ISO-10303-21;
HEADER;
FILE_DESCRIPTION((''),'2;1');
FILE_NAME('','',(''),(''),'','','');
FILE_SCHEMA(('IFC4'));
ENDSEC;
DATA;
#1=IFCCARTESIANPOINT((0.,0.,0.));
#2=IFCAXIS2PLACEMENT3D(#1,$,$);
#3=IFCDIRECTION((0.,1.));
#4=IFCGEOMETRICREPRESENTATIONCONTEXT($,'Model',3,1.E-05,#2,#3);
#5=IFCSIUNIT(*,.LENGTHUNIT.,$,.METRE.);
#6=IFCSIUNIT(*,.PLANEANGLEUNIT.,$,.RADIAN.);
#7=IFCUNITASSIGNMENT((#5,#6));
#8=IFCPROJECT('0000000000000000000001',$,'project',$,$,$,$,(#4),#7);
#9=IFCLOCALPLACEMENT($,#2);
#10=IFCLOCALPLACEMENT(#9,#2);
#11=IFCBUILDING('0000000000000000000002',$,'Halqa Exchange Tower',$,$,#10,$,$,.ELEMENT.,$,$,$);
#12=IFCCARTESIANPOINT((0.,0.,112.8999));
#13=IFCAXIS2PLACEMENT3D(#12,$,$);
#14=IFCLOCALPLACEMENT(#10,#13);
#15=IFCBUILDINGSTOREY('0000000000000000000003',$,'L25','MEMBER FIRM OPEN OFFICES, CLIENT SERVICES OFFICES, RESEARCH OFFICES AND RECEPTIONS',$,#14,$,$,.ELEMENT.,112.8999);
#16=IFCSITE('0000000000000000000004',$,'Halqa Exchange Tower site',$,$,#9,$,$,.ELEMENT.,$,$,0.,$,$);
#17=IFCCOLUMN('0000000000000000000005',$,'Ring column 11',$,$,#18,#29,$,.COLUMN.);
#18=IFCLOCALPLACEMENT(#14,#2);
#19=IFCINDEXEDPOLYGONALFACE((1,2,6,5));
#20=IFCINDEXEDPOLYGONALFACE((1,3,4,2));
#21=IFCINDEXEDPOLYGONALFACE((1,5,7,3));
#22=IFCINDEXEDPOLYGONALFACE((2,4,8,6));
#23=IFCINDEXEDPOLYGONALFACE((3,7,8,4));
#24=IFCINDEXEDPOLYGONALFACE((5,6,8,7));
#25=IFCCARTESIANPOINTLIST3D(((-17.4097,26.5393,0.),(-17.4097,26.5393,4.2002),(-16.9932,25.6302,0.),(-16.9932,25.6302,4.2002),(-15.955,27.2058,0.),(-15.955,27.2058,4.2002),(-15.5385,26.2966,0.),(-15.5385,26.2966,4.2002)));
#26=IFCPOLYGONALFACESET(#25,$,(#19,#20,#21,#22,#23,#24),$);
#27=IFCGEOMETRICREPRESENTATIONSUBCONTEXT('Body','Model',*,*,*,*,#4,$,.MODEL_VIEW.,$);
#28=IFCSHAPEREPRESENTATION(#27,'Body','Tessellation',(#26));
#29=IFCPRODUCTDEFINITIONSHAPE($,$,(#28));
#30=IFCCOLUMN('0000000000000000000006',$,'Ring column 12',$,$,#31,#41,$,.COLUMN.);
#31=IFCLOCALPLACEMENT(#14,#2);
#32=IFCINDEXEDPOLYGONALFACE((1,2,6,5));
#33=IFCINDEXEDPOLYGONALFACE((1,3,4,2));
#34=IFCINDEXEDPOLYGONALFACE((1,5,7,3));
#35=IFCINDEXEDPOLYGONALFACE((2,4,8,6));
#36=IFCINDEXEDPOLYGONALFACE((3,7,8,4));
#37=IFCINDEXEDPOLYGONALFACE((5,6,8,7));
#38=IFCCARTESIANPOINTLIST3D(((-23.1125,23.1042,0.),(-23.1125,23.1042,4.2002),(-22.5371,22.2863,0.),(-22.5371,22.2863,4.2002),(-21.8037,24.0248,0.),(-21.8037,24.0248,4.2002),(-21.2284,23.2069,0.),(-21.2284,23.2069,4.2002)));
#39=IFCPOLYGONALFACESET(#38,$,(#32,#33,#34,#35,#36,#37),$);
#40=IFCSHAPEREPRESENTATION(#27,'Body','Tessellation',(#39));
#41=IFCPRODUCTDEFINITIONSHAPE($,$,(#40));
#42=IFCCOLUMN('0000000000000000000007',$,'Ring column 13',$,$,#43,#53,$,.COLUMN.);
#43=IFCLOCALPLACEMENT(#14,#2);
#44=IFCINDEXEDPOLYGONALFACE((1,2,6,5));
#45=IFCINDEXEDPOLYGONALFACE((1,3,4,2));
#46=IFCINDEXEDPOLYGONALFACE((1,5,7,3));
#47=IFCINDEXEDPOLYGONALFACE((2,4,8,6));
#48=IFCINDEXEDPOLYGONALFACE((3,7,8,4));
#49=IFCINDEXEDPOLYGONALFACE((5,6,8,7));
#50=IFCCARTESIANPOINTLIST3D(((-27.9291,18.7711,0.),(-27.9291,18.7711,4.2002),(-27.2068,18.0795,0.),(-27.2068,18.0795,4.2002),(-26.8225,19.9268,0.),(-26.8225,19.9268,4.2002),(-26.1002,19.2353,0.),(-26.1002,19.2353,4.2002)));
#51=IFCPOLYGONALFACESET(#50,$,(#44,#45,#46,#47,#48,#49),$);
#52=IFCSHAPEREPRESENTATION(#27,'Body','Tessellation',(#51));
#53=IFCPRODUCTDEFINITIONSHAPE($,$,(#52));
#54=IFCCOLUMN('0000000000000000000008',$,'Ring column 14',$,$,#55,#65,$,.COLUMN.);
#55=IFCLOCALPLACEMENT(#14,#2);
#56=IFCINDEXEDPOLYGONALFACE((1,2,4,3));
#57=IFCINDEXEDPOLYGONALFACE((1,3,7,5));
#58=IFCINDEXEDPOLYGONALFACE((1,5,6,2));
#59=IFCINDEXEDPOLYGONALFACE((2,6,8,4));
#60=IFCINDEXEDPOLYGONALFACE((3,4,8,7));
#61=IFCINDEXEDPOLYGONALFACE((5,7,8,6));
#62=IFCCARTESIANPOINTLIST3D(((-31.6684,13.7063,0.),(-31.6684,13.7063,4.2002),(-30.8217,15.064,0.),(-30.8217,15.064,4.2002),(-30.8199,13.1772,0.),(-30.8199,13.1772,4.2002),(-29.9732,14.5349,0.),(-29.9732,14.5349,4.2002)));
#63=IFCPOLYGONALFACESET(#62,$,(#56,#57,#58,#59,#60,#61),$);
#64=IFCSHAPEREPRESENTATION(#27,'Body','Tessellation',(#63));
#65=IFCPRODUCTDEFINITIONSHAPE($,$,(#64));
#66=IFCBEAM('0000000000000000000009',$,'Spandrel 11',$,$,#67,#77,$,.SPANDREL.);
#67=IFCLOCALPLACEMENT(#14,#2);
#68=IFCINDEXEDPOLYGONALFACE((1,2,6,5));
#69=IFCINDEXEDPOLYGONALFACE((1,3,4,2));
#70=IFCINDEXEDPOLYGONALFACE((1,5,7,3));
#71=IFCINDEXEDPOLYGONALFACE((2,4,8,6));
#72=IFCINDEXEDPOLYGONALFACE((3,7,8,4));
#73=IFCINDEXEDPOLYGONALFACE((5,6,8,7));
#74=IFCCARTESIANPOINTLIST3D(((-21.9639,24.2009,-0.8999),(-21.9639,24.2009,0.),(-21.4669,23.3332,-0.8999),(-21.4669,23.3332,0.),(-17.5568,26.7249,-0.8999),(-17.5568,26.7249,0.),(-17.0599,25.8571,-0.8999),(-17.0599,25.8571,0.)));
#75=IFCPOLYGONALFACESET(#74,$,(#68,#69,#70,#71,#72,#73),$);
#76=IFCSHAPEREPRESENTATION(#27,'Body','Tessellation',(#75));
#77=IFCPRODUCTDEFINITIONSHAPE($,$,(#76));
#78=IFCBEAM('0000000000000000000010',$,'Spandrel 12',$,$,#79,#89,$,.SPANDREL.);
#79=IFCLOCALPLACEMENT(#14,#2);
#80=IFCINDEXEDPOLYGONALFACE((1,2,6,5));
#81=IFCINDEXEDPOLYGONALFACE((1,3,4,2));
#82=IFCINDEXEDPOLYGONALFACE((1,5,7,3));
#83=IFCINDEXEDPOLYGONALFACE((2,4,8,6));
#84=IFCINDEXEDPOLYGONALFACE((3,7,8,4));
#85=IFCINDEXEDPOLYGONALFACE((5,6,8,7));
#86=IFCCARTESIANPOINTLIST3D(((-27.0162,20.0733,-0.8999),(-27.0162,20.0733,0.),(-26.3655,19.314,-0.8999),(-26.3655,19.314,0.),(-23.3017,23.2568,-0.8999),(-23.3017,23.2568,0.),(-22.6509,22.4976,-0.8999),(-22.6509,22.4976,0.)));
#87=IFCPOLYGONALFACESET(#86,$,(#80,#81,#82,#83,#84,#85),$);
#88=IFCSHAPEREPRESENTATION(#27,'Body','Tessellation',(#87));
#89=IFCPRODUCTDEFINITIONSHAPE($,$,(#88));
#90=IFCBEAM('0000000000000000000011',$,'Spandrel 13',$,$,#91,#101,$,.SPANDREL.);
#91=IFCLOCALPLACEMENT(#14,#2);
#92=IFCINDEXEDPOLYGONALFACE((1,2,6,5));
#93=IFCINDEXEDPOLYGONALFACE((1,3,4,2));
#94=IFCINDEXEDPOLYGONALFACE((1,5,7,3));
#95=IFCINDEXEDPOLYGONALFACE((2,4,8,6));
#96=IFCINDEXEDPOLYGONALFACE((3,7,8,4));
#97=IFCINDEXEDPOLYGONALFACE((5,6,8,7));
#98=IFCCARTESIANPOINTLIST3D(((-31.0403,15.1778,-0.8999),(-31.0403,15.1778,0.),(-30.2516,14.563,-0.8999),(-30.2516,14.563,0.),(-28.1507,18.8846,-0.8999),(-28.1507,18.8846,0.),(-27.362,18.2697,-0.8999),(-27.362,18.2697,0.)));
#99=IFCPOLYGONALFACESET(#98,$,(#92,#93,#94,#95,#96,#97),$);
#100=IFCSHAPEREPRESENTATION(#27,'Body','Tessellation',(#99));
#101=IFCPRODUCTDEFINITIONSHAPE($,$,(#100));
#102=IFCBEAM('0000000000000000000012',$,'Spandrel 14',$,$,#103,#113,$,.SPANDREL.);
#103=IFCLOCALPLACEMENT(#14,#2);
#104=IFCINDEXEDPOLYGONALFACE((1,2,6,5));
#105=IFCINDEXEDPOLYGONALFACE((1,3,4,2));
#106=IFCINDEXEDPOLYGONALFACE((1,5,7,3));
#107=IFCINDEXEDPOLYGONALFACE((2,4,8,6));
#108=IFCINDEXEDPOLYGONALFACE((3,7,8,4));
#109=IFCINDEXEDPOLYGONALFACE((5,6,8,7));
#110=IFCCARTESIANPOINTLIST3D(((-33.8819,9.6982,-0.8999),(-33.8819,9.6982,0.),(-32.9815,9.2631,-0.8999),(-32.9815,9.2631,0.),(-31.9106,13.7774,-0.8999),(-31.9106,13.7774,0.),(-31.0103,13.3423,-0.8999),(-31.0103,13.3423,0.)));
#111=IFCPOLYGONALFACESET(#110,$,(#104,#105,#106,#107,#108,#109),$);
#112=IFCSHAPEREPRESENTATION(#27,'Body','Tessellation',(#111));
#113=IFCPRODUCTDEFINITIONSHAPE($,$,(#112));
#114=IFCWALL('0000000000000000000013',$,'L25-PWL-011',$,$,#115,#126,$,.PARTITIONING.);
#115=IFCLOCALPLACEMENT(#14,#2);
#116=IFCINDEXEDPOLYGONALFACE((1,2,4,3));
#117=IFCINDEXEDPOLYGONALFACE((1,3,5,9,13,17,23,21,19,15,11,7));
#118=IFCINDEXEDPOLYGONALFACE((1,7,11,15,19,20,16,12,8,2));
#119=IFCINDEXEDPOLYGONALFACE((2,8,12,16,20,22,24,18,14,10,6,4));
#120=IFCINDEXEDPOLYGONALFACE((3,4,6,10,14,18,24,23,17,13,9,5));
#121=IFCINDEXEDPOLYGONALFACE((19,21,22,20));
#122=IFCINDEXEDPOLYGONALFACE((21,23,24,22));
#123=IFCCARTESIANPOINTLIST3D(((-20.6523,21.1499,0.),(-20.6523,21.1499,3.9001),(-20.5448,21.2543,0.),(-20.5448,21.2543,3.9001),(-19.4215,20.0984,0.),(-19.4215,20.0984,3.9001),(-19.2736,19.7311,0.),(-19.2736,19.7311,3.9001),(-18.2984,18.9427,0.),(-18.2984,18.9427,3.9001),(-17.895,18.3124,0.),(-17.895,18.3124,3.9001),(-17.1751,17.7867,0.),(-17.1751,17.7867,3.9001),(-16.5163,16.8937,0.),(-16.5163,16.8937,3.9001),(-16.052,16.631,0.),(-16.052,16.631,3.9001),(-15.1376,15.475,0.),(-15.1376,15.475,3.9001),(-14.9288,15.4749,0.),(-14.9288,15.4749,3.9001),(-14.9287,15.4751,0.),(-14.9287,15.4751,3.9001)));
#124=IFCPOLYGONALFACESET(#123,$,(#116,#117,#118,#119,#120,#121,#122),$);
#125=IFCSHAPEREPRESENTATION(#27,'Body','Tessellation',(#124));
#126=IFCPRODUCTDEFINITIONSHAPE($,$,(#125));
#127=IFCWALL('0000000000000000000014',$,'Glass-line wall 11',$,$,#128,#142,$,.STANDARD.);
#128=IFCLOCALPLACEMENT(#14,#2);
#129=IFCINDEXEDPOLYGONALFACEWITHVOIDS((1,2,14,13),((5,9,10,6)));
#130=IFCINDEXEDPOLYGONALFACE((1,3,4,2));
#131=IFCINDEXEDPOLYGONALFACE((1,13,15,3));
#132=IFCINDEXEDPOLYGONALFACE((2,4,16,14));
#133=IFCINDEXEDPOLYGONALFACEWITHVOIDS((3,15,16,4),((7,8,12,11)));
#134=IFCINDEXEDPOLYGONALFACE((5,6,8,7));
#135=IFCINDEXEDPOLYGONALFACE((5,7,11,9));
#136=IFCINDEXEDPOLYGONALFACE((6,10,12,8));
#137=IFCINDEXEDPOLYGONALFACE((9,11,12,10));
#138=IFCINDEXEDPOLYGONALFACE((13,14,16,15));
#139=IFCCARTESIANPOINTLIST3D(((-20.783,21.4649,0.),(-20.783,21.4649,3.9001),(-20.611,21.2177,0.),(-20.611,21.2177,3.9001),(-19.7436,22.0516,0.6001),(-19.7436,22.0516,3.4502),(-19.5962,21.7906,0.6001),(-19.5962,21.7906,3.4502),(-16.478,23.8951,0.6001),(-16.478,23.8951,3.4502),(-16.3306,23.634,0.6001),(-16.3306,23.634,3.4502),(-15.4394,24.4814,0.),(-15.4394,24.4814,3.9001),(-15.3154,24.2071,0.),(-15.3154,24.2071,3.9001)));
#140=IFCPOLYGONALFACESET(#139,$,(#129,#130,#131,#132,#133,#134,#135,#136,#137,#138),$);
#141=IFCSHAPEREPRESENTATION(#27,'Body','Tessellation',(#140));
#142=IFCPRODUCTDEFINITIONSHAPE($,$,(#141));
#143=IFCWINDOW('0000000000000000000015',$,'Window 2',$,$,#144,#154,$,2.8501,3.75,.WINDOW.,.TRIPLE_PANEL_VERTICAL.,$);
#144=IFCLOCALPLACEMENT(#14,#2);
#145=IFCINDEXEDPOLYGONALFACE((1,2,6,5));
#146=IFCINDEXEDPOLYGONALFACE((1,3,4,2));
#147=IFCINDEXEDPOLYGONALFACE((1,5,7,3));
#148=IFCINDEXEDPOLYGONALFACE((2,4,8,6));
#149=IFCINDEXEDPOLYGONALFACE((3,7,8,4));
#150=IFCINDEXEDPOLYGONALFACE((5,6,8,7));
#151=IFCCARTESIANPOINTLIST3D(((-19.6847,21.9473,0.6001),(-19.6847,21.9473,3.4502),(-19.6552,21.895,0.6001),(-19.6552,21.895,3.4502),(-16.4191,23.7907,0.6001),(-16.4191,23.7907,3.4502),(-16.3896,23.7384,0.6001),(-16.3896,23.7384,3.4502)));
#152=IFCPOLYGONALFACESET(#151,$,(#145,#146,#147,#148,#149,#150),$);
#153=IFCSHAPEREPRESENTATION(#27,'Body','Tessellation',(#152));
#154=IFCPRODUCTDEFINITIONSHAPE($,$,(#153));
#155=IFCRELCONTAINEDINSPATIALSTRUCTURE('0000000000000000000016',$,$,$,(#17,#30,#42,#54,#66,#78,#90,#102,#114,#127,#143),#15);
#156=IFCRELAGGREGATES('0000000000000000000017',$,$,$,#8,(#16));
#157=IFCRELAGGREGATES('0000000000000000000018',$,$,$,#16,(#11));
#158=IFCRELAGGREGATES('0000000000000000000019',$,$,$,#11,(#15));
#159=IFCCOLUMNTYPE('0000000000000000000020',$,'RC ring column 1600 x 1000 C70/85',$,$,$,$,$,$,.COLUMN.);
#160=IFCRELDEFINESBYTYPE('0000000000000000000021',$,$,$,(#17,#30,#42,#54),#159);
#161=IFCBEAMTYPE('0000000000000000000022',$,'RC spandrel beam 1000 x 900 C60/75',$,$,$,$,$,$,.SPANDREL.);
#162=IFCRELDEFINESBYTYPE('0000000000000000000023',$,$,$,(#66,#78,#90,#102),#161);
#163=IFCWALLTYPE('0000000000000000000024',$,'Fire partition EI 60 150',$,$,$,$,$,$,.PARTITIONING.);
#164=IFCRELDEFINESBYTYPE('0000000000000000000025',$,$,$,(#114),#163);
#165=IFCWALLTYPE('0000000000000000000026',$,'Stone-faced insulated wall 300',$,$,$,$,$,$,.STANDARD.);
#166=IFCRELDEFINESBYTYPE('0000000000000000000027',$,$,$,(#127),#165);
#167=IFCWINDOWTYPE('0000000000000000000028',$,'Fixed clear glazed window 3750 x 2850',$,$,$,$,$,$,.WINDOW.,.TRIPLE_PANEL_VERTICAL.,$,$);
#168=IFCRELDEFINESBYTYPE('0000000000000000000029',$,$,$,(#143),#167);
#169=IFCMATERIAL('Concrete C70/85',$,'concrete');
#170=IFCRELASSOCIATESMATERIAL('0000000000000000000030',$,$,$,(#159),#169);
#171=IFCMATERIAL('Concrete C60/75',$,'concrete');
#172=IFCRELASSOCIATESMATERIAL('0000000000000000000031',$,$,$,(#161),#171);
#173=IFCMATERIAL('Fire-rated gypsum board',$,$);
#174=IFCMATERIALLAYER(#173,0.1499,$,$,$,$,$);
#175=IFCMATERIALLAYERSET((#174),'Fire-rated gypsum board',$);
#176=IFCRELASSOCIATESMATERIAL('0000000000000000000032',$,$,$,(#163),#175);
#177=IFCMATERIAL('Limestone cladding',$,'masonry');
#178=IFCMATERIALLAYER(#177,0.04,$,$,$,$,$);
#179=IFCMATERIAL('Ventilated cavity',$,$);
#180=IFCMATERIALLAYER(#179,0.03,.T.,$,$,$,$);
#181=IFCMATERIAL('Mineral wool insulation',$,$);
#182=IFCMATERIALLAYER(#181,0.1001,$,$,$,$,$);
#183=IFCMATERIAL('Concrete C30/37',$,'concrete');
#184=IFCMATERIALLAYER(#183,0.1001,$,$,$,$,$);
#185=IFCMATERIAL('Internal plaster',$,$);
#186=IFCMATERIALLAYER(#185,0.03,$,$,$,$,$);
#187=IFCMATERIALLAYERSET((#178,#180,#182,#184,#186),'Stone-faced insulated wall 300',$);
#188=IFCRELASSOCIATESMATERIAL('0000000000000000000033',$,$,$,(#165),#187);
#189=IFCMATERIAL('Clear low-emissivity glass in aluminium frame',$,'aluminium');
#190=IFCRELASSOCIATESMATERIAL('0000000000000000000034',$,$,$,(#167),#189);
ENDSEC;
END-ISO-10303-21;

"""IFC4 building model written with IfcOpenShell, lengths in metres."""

from ifc_helpers import new_model, si_unit, direction, frame, frame_2d, origin, origin_2d, place, context, subcontext, project, spatial, polyline, rectangle, outline, extrude, material, layer, layer_set, material_profile, profile_set, type_object, element, fill, save


model = new_model("IFC4")

# Units and contexts
model_context = context("Model", 3, precision=1e-05, world=origin(), true_north=direction((0.0, 1.0)))
body_context = subcontext(model_context, "Body", "Model", "MODEL_VIEW")
ifc_project = project(units=[si_unit("LENGTHUNIT", "METRE"), si_unit("PLANEANGLEUNIT", "RADIAN")], contexts=[model_context])

# Site, building, storey
site_placement = place(None, origin())
site = spatial("IfcSite", under=ifc_project, at=site_placement, Name="Halqa Exchange Tower site", CompositionType="ELEMENT", RefElevation=0.0)
building_placement = place(site_placement, origin())
building = spatial("IfcBuilding", under=site, at=building_placement, Name="Halqa Exchange Tower", CompositionType="ELEMENT")
storey_placement = place(building_placement, frame((0.0, 0.0, 112.8999)))
storey = spatial("IfcBuildingStorey", under=building, at=storey_placement, Name="L25", Description="MEMBER FIRM OPEN OFFICES, CLIENT SERVICES OFFICES, RESEARCH OFFICES AND RECEPTIONS", CompositionType="ELEMENT", Elevation=112.8999)

# Columns
ifc_material_1 = material(Name="Concrete C70/85", Category="concrete")
ifc_material_profile_1 = material_profile(ifc_material_1, rectangle(XDim=1.6001, YDim=1.0, at=origin_2d()), Name="1600 x 1000")
ifc_profile_set_1 = profile_set([ifc_material_profile_1], Name="Concrete C70/85")
column_type = type_object("IfcColumnType", Name="RC ring column 1600 x 1000 C70/85", PredefinedType="COLUMN", material=ifc_profile_set_1)
for number, where, z_axis, x_axis, name in (
    (1, (-16.4741, 26.418, 0.0), (0.0, 0.0, 1.0), (-0.909127, -0.416519, 0.0), "Ring column 11"),
    (2, (-22.1704, 23.1555, 0.0), (0.0, 0.0, 1.0), (-0.817907, -0.575351, 0.0), "Ring column 12"),
    (3, (-27.0146, 19.0032, 0.0), (0.0, 0.0, 1.0), (-0.691574, -0.722306, 0.0), "Ring column 13"),
    (4, (-30.8208, 14.1206, 0.0), (0.0, 0.0, 1.0), (-0.529142, -0.848533, 0.0), "Ring column 14"),
):
    element("IfcColumn", number, at=place(storey_placement, frame(where, z_axis=z_axis, x_axis=x_axis)), inside=storey, type_object=column_type, Name=name, PredefinedType="COLUMN", context=body_context, shape_type="SweptSolid", body=[
        extrude(rectangle(XDim=1.6001, YDim=1.0, at=origin_2d()), origin(), (0.0, 0.0, 1.0), 4.2002),
    ])

# Beams
ifc_material_2 = material(Name="Concrete C60/75", Category="concrete")
ifc_material_profile_2 = material_profile(ifc_material_2, rectangle(XDim=1.0, YDim=0.8999, at=origin_2d()), Name="1000 x 900")
ifc_profile_set_2 = profile_set([ifc_material_profile_2], Name="Concrete C60/75")
beam_type = type_object("IfcBeamType", Name="RC spandrel beam 1000 x 900 C60/75", PredefinedType="SPANDREL", material=ifc_profile_set_2)
beam_1_placement = place(storey_placement, frame((-17.3083, 26.291, -0.45), z_axis=(-0.867763, -0.496977, 0.0), x_axis=(0.496977, -0.867763, 0.0)))
element("IfcBeam", 5, at=beam_1_placement, inside=storey, type_object=beam_type, Name="Spandrel 11", PredefinedType="SPANDREL", context=body_context, shape_type="SweptSolid", body=[
    extrude(rectangle(XDim=1.0, YDim=0.8999, at=origin_2d()), origin(), (0.0, 0.0, 1.0), 5.0786),
])
beam_2_placement = place(storey_placement, frame((-22.9763, 22.8772, -0.45), z_axis=(-0.759292, -0.65075, 0.0), x_axis=(0.65075, -0.759292, 0.0)))
element("IfcBeam", 6, at=beam_2_placement, inside=storey, type_object=beam_type, Name="Spandrel 12", PredefinedType="SPANDREL", context=body_context, shape_type="SweptSolid", body=[
    extrude(rectangle(XDim=1.0, YDim=0.8999, at=origin_2d()), origin(), (0.0, 0.0, 1.0), 4.8921),
])
beam_3_placement = place(storey_placement, frame((-27.7563, 18.5771, -0.45), z_axis=(-0.614814, -0.788672, 0.0), x_axis=(0.788672, -0.614814, 0.0)))
element("IfcBeam", 7, at=beam_3_placement, inside=storey, type_object=beam_type, Name="Spandrel 13", PredefinedType="SPANDREL", context=body_context, shape_type="SweptSolid", body=[
    extrude(rectangle(XDim=1.0, YDim=0.8999, at=origin_2d()), origin(), (0.0, 0.0, 1.0), 4.7),
])
beam_4_placement = place(storey_placement, frame((-31.4604, 13.5598, -0.45), z_axis=(-0.435102, -0.900381, 0.0), x_axis=(0.900381, -0.435102, 0.0)))
element("IfcBeam", 8, at=beam_4_placement, inside=storey, type_object=beam_type, Name="Spandrel 14", PredefinedType="SPANDREL", context=body_context, shape_type="SweptSolid", body=[
    extrude(rectangle(XDim=1.0, YDim=0.8999, at=origin_2d()), origin(), (0.0, 0.0, 1.0), 4.5305),
])

# Shared definitions
ifc_material_3 = material(Name="Fire-rated gypsum board")
ifc_layer_1 = layer(ifc_material_3, 0.1499)
ifc_layer_set_1 = layer_set([ifc_layer_1], Name="Fire-rated gypsum board")
wall_type_1 = type_object("IfcWallType", Name="Fire partition EI 60 150", PredefinedType="PARTITIONING", material=ifc_layer_set_1)

# Wall
wall_1_placement = place(storey_placement, frame((-14.9824, 15.4229, 0.0), z_axis=(0.0, 0.0, 1.0), x_axis=(-0.696916, 0.717153, 0.0)))
element("IfcWall", 9, at=wall_1_placement, inside=storey, type_object=wall_type_1, Name="L25-PWL-011", PredefinedType="PARTITIONING", context=body_context, shape_type="SweptSolid", body=[
    extrude(outline(polyline([(8.0586, 0.075), (6.0803, 0.075), (4.1021, 0.075), (2.1238, 0.075), (0.1455, 0.075), (0.0, -0.0747), (0.0, -0.075), (1.6118, -0.075), (3.2234, -0.075), (4.8352, -0.075), (6.4468, -0.075), (8.0586, -0.075), (8.0586, 0.075)])), origin(), (0.0, 0.0, 1.0), 3.9001),
])

# Wall, opening, window
ifc_material_4 = material(Name="Limestone cladding", Category="masonry")
ifc_layer_2 = layer(ifc_material_4, 0.04)
ifc_material_5 = material(Name="Ventilated cavity")
ifc_layer_3 = layer(ifc_material_5, 0.03, ventilated=True)
ifc_material_6 = material(Name="Mineral wool insulation")
ifc_layer_4 = layer(ifc_material_6, 0.1001)
ifc_material_7 = material(Name="Concrete C30/37", Category="concrete")
ifc_layer_5 = layer(ifc_material_7, 0.1001)
ifc_material_8 = material(Name="Internal plaster")
ifc_layer_6 = layer(ifc_material_8, 0.03)
ifc_layer_set_2 = layer_set([ifc_layer_2, ifc_layer_3, ifc_layer_4, ifc_layer_5, ifc_layer_6], Name="Stone-faced insulated wall 300")
wall_type_2 = type_object("IfcWallType", Name="Stone-faced insulated wall 300", PredefinedType="STANDARD", material=ifc_layer_set_2)
wall_2_placement = place(storey_placement, frame((-15.3774, 24.3442, 0.0), z_axis=(0.0, 0.0, 1.0), x_axis=(-0.870828, -0.491587, 0.0)))
wall_2 = element("IfcWall", 10, at=wall_2_placement, inside=storey, type_object=wall_type_2, Name="Glass-line wall 11", PredefinedType="STANDARD", context=body_context, shape_type="SweptSolid", body=[
    extrude(outline(polyline([(-0.0134, -0.1499), (6.1228, -0.1499), (6.0945, 0.1499), (0.0134, 0.1499), (-0.0134, -0.1499)])), origin(), (0.0, 0.0, 1.0), 3.9001),
])
opening_1_placement = place(wall_2_placement, frame((1.1792, 0.0, 0.6001)))
opening_1 = element("IfcOpeningElement", 11, at=opening_1_placement, cuts=wall_2, PredefinedType="OPENING", context=body_context, shape_type="SweptSolid", body=[
    extrude(rectangle(XDim=3.75, YDim=2.8501, at=frame_2d((1.875, 1.425))), frame((0.0, 0.1621, 0.0), z_axis=(0.0, -1.0, 0.0), x_axis=(1.0, 0.0, 0.0)), (0.0, 0.0, 1.0), 0.324),
])
ifc_material_9 = material(Name="Clear low-emissivity glass in aluminium frame", Category="aluminium")
window_type = type_object("IfcWindowType", Name="Fixed clear glazed window 3750 x 2850", PartitioningType="TRIPLE_PANEL_VERTICAL", PredefinedType="WINDOW", material=ifc_material_9)
window_1_placement = place(opening_1_placement, origin())
window_1 = element("IfcWindow", 12, at=window_1_placement, inside=storey, type_object=window_type, Name="Window 2", OverallHeight=2.8501, OverallWidth=3.75, PartitioningType="TRIPLE_PANEL_VERTICAL", PredefinedType="WINDOW", context=body_context, shape_type="SweptSolid", body=[
    extrude(rectangle(XDim=3.75, YDim=2.8501, at=frame_2d((1.875, 1.425))), frame((0.0, 0.03, 0.0), z_axis=(0.0, -1.0, 0.0), x_axis=(1.0, 0.0, 0.0)), (0.0, 0.0, 1.0), 0.0601),
])
fill(opening_1, window_1)

save(model, "model.ifc")
